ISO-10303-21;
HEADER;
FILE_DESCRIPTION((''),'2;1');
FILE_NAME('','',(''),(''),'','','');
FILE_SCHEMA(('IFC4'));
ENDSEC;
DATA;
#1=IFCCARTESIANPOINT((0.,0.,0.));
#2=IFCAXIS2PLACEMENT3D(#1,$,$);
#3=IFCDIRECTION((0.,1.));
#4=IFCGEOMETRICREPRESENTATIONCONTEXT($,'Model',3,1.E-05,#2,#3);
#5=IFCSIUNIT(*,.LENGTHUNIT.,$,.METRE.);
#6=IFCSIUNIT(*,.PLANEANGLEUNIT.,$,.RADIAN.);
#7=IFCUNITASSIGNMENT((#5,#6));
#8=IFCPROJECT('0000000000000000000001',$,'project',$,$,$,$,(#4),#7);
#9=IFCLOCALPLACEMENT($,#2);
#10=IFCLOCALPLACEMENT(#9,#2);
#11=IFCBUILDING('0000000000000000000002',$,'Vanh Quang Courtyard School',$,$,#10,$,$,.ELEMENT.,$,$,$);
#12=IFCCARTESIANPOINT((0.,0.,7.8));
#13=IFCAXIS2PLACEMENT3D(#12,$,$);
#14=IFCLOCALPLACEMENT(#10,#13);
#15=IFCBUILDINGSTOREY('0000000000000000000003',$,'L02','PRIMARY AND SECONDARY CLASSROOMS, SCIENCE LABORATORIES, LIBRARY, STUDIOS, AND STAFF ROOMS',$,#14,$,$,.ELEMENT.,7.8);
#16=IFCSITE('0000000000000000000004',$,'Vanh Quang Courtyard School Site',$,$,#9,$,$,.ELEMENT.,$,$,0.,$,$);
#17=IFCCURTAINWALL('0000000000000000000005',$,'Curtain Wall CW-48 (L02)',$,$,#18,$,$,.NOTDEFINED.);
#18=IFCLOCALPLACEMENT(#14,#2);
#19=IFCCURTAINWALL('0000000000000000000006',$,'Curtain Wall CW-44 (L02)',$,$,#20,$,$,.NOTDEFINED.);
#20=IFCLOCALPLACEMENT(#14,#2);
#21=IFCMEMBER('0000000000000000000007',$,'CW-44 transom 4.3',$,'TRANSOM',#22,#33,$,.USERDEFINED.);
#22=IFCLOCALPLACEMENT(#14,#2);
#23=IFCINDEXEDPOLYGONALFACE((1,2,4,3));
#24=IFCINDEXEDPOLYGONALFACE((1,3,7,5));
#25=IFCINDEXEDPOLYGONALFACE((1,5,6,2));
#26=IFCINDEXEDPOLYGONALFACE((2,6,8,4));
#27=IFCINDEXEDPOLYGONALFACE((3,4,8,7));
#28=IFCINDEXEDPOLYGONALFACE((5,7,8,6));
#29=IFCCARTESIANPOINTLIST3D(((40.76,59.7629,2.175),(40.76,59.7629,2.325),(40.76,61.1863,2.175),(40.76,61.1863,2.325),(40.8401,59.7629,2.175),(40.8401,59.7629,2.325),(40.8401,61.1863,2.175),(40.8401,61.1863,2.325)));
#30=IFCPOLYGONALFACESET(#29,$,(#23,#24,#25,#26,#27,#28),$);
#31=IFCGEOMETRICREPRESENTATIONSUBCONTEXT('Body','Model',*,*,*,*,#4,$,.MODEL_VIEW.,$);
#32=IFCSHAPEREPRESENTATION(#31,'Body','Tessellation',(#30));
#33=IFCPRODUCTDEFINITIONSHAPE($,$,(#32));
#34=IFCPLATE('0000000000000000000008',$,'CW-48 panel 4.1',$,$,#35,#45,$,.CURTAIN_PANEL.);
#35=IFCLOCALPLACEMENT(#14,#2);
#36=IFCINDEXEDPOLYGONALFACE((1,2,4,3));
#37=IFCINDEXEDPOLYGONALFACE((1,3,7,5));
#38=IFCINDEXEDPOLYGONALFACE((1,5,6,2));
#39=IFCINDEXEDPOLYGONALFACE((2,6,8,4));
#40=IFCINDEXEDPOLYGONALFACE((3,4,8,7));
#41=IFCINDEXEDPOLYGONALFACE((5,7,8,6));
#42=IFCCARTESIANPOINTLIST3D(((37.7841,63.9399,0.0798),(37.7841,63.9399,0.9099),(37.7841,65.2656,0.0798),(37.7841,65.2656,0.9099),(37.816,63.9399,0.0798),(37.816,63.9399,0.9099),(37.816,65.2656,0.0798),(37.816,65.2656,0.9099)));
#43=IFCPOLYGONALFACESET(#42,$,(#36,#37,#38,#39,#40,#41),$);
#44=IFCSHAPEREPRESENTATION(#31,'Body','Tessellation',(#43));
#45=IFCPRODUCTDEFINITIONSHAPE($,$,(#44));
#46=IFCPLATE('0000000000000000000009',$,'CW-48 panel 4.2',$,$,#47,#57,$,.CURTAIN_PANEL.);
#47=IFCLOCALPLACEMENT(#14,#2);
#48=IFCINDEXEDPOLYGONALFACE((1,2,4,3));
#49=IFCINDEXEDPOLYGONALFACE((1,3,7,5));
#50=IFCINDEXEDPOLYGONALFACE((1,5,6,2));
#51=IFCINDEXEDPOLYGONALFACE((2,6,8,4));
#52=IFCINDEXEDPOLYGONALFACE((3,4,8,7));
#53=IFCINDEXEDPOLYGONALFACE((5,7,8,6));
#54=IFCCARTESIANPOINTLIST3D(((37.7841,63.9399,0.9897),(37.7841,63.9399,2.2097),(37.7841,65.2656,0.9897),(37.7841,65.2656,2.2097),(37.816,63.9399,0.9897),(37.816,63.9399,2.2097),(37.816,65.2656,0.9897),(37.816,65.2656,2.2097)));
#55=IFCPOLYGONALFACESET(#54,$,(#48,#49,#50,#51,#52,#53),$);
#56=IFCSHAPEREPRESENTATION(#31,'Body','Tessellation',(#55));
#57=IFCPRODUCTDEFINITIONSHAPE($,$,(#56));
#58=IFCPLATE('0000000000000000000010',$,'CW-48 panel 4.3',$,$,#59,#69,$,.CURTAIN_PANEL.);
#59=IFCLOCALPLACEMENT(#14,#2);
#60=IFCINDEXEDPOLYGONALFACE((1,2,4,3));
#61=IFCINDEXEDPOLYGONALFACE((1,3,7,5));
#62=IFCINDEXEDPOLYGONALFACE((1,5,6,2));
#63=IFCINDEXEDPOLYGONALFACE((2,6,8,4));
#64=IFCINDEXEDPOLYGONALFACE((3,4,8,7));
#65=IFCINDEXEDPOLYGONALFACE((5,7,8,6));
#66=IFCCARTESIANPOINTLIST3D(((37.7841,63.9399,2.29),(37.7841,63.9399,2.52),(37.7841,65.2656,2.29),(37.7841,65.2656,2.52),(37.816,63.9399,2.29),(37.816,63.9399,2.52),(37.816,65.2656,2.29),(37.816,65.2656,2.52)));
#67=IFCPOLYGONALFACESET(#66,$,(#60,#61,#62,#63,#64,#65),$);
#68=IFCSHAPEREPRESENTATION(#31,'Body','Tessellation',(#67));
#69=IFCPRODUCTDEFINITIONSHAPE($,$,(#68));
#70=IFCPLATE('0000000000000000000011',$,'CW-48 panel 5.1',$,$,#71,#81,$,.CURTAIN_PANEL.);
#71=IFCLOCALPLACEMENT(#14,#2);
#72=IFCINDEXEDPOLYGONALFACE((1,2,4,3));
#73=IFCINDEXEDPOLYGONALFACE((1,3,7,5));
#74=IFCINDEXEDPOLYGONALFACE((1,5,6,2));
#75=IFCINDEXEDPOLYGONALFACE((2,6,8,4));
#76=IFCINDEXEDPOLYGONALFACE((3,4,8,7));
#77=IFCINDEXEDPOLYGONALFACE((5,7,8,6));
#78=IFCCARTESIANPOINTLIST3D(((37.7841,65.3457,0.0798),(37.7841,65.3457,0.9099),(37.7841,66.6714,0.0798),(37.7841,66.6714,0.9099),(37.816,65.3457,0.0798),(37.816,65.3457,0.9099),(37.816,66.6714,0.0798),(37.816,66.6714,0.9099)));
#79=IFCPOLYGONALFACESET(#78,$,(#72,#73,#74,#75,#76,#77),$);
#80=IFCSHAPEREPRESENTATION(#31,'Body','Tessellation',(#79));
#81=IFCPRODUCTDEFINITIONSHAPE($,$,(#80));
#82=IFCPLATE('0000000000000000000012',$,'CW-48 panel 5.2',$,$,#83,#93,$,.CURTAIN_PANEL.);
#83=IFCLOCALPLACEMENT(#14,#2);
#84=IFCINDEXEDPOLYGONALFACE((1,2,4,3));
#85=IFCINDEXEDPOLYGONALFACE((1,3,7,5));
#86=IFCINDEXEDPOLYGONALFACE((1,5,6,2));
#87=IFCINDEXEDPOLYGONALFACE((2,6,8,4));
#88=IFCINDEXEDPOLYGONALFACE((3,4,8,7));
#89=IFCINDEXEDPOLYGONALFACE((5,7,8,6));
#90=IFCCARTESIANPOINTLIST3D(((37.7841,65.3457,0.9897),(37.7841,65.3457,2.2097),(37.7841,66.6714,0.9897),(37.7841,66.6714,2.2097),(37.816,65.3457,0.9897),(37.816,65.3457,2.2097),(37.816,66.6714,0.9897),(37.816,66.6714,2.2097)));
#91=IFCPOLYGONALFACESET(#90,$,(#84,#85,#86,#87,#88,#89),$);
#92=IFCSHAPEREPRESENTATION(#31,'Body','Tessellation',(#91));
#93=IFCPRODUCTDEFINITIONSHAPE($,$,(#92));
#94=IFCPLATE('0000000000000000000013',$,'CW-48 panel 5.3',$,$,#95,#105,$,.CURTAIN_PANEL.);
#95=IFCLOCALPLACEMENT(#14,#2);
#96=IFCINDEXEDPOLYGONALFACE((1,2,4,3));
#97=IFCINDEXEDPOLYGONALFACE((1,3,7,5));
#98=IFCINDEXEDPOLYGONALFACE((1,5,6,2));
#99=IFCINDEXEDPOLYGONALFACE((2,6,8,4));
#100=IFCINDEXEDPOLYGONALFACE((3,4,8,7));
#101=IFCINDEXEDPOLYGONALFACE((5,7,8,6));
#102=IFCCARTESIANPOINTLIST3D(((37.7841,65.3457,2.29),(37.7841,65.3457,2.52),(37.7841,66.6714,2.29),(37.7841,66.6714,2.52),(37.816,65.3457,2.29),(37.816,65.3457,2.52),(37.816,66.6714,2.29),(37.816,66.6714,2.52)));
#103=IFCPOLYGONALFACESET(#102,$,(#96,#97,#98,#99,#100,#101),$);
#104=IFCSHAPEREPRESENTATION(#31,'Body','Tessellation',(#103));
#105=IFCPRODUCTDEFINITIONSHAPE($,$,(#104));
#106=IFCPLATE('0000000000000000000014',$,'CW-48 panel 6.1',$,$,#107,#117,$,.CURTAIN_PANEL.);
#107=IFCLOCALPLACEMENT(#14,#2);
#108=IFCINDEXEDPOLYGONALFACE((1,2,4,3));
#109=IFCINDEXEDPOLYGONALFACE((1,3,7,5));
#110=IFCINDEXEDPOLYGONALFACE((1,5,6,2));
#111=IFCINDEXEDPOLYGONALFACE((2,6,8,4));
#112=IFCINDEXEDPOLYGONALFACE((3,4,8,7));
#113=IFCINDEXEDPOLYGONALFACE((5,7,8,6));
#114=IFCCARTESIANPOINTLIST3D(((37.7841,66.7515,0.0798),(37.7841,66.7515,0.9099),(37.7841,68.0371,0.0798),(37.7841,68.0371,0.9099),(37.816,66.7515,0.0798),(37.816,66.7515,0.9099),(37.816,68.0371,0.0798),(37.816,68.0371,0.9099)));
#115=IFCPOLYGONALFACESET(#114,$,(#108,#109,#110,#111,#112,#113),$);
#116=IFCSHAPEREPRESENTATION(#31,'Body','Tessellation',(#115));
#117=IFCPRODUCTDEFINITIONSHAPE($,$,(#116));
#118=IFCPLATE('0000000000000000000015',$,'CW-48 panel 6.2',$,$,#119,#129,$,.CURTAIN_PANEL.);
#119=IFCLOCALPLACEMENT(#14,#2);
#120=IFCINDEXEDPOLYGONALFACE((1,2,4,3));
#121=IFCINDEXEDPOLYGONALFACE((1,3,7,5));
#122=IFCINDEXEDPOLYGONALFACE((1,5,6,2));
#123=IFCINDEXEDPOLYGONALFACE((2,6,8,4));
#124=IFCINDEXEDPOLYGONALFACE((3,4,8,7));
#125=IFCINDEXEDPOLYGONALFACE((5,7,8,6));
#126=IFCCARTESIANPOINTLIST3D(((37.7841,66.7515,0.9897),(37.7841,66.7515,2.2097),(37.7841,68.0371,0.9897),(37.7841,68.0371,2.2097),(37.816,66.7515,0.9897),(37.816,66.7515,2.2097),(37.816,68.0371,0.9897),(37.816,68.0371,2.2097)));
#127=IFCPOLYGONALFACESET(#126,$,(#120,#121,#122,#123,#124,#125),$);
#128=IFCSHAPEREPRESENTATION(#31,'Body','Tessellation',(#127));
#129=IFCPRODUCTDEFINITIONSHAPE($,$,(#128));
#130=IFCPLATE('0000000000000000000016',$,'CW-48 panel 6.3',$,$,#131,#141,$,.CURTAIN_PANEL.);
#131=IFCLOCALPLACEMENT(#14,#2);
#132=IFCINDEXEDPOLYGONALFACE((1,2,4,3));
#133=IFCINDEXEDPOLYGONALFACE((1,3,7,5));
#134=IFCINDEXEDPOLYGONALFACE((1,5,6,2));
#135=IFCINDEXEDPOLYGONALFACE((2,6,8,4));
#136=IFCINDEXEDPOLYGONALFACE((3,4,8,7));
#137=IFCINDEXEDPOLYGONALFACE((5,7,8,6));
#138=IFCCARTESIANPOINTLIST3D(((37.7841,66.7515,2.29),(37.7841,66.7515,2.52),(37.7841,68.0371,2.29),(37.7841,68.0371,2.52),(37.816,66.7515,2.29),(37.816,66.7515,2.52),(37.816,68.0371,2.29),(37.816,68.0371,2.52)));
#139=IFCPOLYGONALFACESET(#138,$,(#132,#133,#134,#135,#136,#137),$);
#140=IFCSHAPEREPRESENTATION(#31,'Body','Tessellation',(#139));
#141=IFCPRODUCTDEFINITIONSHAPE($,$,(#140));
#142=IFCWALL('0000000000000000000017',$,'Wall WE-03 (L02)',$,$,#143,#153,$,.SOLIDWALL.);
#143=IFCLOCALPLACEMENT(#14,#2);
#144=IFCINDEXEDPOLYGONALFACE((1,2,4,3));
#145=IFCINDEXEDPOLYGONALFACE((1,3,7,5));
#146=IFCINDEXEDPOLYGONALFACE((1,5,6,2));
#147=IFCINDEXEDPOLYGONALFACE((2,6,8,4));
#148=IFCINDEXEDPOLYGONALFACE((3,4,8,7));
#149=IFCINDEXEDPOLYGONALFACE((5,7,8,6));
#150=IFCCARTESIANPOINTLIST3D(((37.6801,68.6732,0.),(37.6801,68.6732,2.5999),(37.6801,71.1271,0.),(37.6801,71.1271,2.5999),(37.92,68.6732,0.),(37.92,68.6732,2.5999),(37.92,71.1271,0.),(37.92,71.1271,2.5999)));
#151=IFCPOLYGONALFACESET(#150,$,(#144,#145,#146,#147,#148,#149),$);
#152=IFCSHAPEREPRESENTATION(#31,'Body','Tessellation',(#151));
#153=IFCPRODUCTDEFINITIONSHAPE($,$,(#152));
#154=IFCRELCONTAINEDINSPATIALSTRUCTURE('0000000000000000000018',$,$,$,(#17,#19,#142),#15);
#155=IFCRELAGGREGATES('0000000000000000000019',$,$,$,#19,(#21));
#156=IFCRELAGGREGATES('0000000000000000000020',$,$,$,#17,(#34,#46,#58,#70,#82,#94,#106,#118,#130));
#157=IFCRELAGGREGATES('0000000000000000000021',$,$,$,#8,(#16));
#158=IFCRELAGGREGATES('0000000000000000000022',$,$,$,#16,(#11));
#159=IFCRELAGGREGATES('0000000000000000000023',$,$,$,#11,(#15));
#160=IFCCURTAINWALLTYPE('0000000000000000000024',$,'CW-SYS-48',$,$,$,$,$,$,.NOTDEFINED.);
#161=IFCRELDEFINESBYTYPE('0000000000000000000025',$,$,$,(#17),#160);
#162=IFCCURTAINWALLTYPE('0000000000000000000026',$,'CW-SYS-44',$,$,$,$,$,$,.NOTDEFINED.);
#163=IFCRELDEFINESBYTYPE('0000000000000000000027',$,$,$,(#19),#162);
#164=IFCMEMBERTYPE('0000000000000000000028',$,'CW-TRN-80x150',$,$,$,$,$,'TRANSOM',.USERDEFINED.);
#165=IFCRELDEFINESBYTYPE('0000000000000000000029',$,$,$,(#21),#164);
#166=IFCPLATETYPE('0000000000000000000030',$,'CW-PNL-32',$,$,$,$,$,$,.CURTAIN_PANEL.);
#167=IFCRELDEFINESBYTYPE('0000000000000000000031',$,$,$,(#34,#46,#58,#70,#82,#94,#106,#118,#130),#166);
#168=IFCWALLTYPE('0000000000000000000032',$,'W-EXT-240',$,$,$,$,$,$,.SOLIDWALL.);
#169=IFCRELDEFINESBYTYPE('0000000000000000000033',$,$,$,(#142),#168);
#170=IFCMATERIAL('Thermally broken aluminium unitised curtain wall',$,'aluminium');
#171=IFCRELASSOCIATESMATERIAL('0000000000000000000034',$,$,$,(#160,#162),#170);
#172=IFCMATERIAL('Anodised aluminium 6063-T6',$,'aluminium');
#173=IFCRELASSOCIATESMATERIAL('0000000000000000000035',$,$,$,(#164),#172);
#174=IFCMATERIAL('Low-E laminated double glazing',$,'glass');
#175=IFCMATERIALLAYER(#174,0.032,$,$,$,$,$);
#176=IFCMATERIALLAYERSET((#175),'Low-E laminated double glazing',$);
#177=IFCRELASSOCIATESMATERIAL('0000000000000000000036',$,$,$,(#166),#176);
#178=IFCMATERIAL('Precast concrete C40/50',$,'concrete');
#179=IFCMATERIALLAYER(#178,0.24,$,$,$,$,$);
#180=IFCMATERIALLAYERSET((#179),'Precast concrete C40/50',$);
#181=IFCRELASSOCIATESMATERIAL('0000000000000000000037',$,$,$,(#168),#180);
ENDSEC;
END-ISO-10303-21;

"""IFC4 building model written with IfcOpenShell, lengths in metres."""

from ifc_helpers import new_model, si_unit, direction, frame, frame_2d, origin, origin_2d, place, context, subcontext, project, spatial, rectangle, extrude, material, layer, layer_set, material_profile, profile_set, type_object, element, aggregate, save


model = new_model("IFC4")

# Units and contexts
model_context = context("Model", 3, precision=1e-05, world=origin(), true_north=direction((0.0, 1.0)))
body_context = subcontext(model_context, "Body", "Model", "MODEL_VIEW")
ifc_project = project(units=[si_unit("LENGTHUNIT", "METRE"), si_unit("PLANEANGLEUNIT", "RADIAN")], contexts=[model_context])

# Site, building, storey
site_placement = place(None, origin())
site = spatial("IfcSite", under=ifc_project, at=site_placement, Name="Vanh Quang Courtyard School Site", CompositionType="ELEMENT", RefElevation=0.0)
building_placement = place(site_placement, origin())
building = spatial("IfcBuilding", under=site, at=building_placement, Name="Vanh Quang Courtyard School", CompositionType="ELEMENT")
storey_placement = place(building_placement, frame((0.0, 0.0, 7.8)))
storey = spatial("IfcBuildingStorey", under=building, at=storey_placement, Name="L02", Description="PRIMARY AND SECONDARY CLASSROOMS, SCIENCE LABORATORIES, LIBRARY, STUDIOS, AND STAFF ROOMS", CompositionType="ELEMENT", Elevation=7.8)

# Curtain wall
ifc_material_1 = material(Name="Thermally broken aluminium unitised curtain wall", Category="aluminium")
curtain_wall_type_1 = type_object("IfcCurtainWallType", Name="CW-SYS-48", PredefinedType="NOTDEFINED", material=ifc_material_1)
curtain_wall_1_placement = place(storey_placement, origin())
curtain_wall_1 = element("IfcCurtainWall", 1, at=curtain_wall_1_placement, inside=storey, type_object=curtain_wall_type_1, Name="Curtain Wall CW-48 (L02)", PredefinedType="NOTDEFINED")
ifc_material_2 = material(Name="Anodised aluminium 6063-T6", Category="aluminium")
ifc_material_profile_1 = material_profile(ifc_material_2, rectangle(XDim=0.0801, YDim=0.1499, at=origin_2d()), Name="ALU-TRN 80x150")
ifc_profile_set_1 = profile_set([ifc_material_profile_1], Name="Anodised aluminium 6063-T6")
member_type_1 = type_object("IfcMemberType", Name="CW-TRN-80x150", ElementType="TRANSOM", PredefinedType="USERDEFINED", material=ifc_profile_set_1)

# Curtain wall, member
curtain_wall_type_2 = type_object("IfcCurtainWallType", Name="CW-SYS-44", PredefinedType="NOTDEFINED", material=ifc_material_1)
curtain_wall_2_placement = place(storey_placement, origin())
curtain_wall_2 = element("IfcCurtainWall", 2, at=curtain_wall_2_placement, inside=storey, type_object=curtain_wall_type_2, Name="Curtain Wall CW-44 (L02)", PredefinedType="NOTDEFINED")
member_1_placement = place(storey_placement, frame((40.8, 61.1863, 2.25), z_axis=(0.0, -1.0, 0.0), x_axis=(1.0, 0.0, 0.0)))
member_1 = element("IfcMember", 3, at=member_1_placement, type_object=member_type_1, Name="CW-44 transom 4.3", ObjectType="TRANSOM", PredefinedType="USERDEFINED", context=body_context, shape_type="SweptSolid", body=[
    extrude(rectangle(XDim=0.0801, YDim=0.1499, at=origin_2d()), origin(), (0.0, 0.0, 1.0), 1.4233),
])
aggregate(curtain_wall_2, [member_1])

# Plates
ifc_material_3 = material(Name="Low-E laminated double glazing", Category="glass")
ifc_layer_1 = layer(ifc_material_3, 0.032)
ifc_layer_set_1 = layer_set([ifc_layer_1], Name="Low-E laminated double glazing")
plate_type = type_object("IfcPlateType", Name="CW-PNL-32", PredefinedType="CURTAIN_PANEL", material=ifc_layer_set_1)
plate_1_placement = place(storey_placement, frame((37.8, 64.6028, 0.0798), z_axis=(0.0, 0.0, 1.0), x_axis=(0.0, 1.0, 0.0)))
plate_1 = element("IfcPlate", 4, at=plate_1_placement, type_object=plate_type, Name="CW-48 panel 4.1", PredefinedType="CURTAIN_PANEL", context=body_context, shape_type="SweptSolid", body=[
    extrude(rectangle(XDim=1.3257, YDim=0.032, at=origin_2d()), origin(), (0.0, 0.0, 1.0), 0.8301),
])
plate_2_placement = place(storey_placement, frame((37.8, 64.6028, 0.9897), z_axis=(0.0, 0.0, 1.0), x_axis=(0.0, 1.0, 0.0)))
plate_2 = element("IfcPlate", 5, at=plate_2_placement, type_object=plate_type, Name="CW-48 panel 4.2", PredefinedType="CURTAIN_PANEL", context=body_context, shape_type="SweptSolid", body=[
    extrude(rectangle(XDim=1.3257, YDim=0.032, at=origin_2d()), origin(), (0.0, 0.0, 1.0), 1.22),
])
plate_3_placement = place(storey_placement, frame((37.8, 64.6028, 2.29), z_axis=(0.0, 0.0, 1.0), x_axis=(0.0, 1.0, 0.0)))
plate_3 = element("IfcPlate", 6, at=plate_3_placement, type_object=plate_type, Name="CW-48 panel 4.3", PredefinedType="CURTAIN_PANEL", context=body_context, shape_type="SweptSolid", body=[
    extrude(rectangle(XDim=1.3257, YDim=0.032, at=origin_2d()), origin(), (0.0, 0.0, 1.0), 0.23),
])
plate_4_placement = place(storey_placement, frame((37.8, 66.0085, 0.0798), z_axis=(0.0, 0.0, 1.0), x_axis=(0.0, 1.0, 0.0)))
plate_4 = element("IfcPlate", 7, at=plate_4_placement, type_object=plate_type, Name="CW-48 panel 5.1", PredefinedType="CURTAIN_PANEL", context=body_context, shape_type="SweptSolid", body=[
    extrude(rectangle(XDim=1.3257, YDim=0.032, at=origin_2d()), origin(), (0.0, 0.0, 1.0), 0.8301),
])
plate_5_placement = place(storey_placement, frame((37.8, 66.0085, 0.9897), z_axis=(0.0, 0.0, 1.0), x_axis=(0.0, 1.0, 0.0)))
plate_5 = element("IfcPlate", 8, at=plate_5_placement, type_object=plate_type, Name="CW-48 panel 5.2", PredefinedType="CURTAIN_PANEL", context=body_context, shape_type="SweptSolid", body=[
    extrude(rectangle(XDim=1.3257, YDim=0.032, at=origin_2d()), origin(), (0.0, 0.0, 1.0), 1.22),
])
plate_6_placement = place(storey_placement, frame((37.8, 66.0085, 2.29), z_axis=(0.0, 0.0, 1.0), x_axis=(0.0, 1.0, 0.0)))
plate_6 = element("IfcPlate", 9, at=plate_6_placement, type_object=plate_type, Name="CW-48 panel 5.3", PredefinedType="CURTAIN_PANEL", context=body_context, shape_type="SweptSolid", body=[
    extrude(rectangle(XDim=1.3257, YDim=0.032, at=origin_2d()), origin(), (0.0, 0.0, 1.0), 0.23),
])
plate_7_placement = place(storey_placement, frame((37.8, 67.3943, 0.0798), z_axis=(0.0, 0.0, 1.0), x_axis=(0.0, 1.0, 0.0)))
plate_7 = element("IfcPlate", 10, at=plate_7_placement, type_object=plate_type, Name="CW-48 panel 6.1", PredefinedType="CURTAIN_PANEL", context=body_context, shape_type="SweptSolid", body=[
    extrude(rectangle(XDim=1.2856, YDim=0.032, at=origin_2d()), origin(), (0.0, 0.0, 1.0), 0.8301),
])
plate_8_placement = place(storey_placement, frame((37.8, 67.3943, 0.9897), z_axis=(0.0, 0.0, 1.0), x_axis=(0.0, 1.0, 0.0)))
plate_8 = element("IfcPlate", 11, at=plate_8_placement, type_object=plate_type, Name="CW-48 panel 6.2", PredefinedType="CURTAIN_PANEL", context=body_context, shape_type="SweptSolid", body=[
    extrude(rectangle(XDim=1.2856, YDim=0.032, at=origin_2d()), origin(), (0.0, 0.0, 1.0), 1.22),
])
plate_9_placement = place(storey_placement, frame((37.8, 67.3943, 2.29), z_axis=(0.0, 0.0, 1.0), x_axis=(0.0, 1.0, 0.0)))
plate_9 = element("IfcPlate", 12, at=plate_9_placement, type_object=plate_type, Name="CW-48 panel 6.3", PredefinedType="CURTAIN_PANEL", context=body_context, shape_type="SweptSolid", body=[
    extrude(rectangle(XDim=1.2856, YDim=0.032, at=origin_2d()), origin(), (0.0, 0.0, 1.0), 0.23),
])
aggregate(curtain_wall_1, [plate_1, plate_2, plate_3, plate_4, plate_5, plate_6, plate_7, plate_8, plate_9])

# Wall
ifc_material_4 = material(Name="Precast concrete C40/50", Category="concrete")
ifc_layer_2 = layer(ifc_material_4, 0.24)
ifc_layer_set_2 = layer_set([ifc_layer_2], Name="Precast concrete C40/50")
wall_type = type_object("IfcWallType", Name="W-EXT-240", PredefinedType="SOLIDWALL", material=ifc_layer_set_2)
wall_placement = place(storey_placement, frame((37.8, 68.6731, 0.0), z_axis=(0.0, 0.0, 1.0), x_axis=(0.0, 1.0, 0.0)))
element("IfcWall", 13, at=wall_placement, inside=storey, type_object=wall_type, Name="Wall WE-03 (L02)", PredefinedType="SOLIDWALL", context=body_context, shape_type="SweptSolid", body=[
    extrude(rectangle(XDim=2.4539, YDim=0.24, at=frame_2d((1.2271, 0.0))), origin(), (0.0, 0.0, 1.0), 2.5999),
])

save(model, "model.ifc")
